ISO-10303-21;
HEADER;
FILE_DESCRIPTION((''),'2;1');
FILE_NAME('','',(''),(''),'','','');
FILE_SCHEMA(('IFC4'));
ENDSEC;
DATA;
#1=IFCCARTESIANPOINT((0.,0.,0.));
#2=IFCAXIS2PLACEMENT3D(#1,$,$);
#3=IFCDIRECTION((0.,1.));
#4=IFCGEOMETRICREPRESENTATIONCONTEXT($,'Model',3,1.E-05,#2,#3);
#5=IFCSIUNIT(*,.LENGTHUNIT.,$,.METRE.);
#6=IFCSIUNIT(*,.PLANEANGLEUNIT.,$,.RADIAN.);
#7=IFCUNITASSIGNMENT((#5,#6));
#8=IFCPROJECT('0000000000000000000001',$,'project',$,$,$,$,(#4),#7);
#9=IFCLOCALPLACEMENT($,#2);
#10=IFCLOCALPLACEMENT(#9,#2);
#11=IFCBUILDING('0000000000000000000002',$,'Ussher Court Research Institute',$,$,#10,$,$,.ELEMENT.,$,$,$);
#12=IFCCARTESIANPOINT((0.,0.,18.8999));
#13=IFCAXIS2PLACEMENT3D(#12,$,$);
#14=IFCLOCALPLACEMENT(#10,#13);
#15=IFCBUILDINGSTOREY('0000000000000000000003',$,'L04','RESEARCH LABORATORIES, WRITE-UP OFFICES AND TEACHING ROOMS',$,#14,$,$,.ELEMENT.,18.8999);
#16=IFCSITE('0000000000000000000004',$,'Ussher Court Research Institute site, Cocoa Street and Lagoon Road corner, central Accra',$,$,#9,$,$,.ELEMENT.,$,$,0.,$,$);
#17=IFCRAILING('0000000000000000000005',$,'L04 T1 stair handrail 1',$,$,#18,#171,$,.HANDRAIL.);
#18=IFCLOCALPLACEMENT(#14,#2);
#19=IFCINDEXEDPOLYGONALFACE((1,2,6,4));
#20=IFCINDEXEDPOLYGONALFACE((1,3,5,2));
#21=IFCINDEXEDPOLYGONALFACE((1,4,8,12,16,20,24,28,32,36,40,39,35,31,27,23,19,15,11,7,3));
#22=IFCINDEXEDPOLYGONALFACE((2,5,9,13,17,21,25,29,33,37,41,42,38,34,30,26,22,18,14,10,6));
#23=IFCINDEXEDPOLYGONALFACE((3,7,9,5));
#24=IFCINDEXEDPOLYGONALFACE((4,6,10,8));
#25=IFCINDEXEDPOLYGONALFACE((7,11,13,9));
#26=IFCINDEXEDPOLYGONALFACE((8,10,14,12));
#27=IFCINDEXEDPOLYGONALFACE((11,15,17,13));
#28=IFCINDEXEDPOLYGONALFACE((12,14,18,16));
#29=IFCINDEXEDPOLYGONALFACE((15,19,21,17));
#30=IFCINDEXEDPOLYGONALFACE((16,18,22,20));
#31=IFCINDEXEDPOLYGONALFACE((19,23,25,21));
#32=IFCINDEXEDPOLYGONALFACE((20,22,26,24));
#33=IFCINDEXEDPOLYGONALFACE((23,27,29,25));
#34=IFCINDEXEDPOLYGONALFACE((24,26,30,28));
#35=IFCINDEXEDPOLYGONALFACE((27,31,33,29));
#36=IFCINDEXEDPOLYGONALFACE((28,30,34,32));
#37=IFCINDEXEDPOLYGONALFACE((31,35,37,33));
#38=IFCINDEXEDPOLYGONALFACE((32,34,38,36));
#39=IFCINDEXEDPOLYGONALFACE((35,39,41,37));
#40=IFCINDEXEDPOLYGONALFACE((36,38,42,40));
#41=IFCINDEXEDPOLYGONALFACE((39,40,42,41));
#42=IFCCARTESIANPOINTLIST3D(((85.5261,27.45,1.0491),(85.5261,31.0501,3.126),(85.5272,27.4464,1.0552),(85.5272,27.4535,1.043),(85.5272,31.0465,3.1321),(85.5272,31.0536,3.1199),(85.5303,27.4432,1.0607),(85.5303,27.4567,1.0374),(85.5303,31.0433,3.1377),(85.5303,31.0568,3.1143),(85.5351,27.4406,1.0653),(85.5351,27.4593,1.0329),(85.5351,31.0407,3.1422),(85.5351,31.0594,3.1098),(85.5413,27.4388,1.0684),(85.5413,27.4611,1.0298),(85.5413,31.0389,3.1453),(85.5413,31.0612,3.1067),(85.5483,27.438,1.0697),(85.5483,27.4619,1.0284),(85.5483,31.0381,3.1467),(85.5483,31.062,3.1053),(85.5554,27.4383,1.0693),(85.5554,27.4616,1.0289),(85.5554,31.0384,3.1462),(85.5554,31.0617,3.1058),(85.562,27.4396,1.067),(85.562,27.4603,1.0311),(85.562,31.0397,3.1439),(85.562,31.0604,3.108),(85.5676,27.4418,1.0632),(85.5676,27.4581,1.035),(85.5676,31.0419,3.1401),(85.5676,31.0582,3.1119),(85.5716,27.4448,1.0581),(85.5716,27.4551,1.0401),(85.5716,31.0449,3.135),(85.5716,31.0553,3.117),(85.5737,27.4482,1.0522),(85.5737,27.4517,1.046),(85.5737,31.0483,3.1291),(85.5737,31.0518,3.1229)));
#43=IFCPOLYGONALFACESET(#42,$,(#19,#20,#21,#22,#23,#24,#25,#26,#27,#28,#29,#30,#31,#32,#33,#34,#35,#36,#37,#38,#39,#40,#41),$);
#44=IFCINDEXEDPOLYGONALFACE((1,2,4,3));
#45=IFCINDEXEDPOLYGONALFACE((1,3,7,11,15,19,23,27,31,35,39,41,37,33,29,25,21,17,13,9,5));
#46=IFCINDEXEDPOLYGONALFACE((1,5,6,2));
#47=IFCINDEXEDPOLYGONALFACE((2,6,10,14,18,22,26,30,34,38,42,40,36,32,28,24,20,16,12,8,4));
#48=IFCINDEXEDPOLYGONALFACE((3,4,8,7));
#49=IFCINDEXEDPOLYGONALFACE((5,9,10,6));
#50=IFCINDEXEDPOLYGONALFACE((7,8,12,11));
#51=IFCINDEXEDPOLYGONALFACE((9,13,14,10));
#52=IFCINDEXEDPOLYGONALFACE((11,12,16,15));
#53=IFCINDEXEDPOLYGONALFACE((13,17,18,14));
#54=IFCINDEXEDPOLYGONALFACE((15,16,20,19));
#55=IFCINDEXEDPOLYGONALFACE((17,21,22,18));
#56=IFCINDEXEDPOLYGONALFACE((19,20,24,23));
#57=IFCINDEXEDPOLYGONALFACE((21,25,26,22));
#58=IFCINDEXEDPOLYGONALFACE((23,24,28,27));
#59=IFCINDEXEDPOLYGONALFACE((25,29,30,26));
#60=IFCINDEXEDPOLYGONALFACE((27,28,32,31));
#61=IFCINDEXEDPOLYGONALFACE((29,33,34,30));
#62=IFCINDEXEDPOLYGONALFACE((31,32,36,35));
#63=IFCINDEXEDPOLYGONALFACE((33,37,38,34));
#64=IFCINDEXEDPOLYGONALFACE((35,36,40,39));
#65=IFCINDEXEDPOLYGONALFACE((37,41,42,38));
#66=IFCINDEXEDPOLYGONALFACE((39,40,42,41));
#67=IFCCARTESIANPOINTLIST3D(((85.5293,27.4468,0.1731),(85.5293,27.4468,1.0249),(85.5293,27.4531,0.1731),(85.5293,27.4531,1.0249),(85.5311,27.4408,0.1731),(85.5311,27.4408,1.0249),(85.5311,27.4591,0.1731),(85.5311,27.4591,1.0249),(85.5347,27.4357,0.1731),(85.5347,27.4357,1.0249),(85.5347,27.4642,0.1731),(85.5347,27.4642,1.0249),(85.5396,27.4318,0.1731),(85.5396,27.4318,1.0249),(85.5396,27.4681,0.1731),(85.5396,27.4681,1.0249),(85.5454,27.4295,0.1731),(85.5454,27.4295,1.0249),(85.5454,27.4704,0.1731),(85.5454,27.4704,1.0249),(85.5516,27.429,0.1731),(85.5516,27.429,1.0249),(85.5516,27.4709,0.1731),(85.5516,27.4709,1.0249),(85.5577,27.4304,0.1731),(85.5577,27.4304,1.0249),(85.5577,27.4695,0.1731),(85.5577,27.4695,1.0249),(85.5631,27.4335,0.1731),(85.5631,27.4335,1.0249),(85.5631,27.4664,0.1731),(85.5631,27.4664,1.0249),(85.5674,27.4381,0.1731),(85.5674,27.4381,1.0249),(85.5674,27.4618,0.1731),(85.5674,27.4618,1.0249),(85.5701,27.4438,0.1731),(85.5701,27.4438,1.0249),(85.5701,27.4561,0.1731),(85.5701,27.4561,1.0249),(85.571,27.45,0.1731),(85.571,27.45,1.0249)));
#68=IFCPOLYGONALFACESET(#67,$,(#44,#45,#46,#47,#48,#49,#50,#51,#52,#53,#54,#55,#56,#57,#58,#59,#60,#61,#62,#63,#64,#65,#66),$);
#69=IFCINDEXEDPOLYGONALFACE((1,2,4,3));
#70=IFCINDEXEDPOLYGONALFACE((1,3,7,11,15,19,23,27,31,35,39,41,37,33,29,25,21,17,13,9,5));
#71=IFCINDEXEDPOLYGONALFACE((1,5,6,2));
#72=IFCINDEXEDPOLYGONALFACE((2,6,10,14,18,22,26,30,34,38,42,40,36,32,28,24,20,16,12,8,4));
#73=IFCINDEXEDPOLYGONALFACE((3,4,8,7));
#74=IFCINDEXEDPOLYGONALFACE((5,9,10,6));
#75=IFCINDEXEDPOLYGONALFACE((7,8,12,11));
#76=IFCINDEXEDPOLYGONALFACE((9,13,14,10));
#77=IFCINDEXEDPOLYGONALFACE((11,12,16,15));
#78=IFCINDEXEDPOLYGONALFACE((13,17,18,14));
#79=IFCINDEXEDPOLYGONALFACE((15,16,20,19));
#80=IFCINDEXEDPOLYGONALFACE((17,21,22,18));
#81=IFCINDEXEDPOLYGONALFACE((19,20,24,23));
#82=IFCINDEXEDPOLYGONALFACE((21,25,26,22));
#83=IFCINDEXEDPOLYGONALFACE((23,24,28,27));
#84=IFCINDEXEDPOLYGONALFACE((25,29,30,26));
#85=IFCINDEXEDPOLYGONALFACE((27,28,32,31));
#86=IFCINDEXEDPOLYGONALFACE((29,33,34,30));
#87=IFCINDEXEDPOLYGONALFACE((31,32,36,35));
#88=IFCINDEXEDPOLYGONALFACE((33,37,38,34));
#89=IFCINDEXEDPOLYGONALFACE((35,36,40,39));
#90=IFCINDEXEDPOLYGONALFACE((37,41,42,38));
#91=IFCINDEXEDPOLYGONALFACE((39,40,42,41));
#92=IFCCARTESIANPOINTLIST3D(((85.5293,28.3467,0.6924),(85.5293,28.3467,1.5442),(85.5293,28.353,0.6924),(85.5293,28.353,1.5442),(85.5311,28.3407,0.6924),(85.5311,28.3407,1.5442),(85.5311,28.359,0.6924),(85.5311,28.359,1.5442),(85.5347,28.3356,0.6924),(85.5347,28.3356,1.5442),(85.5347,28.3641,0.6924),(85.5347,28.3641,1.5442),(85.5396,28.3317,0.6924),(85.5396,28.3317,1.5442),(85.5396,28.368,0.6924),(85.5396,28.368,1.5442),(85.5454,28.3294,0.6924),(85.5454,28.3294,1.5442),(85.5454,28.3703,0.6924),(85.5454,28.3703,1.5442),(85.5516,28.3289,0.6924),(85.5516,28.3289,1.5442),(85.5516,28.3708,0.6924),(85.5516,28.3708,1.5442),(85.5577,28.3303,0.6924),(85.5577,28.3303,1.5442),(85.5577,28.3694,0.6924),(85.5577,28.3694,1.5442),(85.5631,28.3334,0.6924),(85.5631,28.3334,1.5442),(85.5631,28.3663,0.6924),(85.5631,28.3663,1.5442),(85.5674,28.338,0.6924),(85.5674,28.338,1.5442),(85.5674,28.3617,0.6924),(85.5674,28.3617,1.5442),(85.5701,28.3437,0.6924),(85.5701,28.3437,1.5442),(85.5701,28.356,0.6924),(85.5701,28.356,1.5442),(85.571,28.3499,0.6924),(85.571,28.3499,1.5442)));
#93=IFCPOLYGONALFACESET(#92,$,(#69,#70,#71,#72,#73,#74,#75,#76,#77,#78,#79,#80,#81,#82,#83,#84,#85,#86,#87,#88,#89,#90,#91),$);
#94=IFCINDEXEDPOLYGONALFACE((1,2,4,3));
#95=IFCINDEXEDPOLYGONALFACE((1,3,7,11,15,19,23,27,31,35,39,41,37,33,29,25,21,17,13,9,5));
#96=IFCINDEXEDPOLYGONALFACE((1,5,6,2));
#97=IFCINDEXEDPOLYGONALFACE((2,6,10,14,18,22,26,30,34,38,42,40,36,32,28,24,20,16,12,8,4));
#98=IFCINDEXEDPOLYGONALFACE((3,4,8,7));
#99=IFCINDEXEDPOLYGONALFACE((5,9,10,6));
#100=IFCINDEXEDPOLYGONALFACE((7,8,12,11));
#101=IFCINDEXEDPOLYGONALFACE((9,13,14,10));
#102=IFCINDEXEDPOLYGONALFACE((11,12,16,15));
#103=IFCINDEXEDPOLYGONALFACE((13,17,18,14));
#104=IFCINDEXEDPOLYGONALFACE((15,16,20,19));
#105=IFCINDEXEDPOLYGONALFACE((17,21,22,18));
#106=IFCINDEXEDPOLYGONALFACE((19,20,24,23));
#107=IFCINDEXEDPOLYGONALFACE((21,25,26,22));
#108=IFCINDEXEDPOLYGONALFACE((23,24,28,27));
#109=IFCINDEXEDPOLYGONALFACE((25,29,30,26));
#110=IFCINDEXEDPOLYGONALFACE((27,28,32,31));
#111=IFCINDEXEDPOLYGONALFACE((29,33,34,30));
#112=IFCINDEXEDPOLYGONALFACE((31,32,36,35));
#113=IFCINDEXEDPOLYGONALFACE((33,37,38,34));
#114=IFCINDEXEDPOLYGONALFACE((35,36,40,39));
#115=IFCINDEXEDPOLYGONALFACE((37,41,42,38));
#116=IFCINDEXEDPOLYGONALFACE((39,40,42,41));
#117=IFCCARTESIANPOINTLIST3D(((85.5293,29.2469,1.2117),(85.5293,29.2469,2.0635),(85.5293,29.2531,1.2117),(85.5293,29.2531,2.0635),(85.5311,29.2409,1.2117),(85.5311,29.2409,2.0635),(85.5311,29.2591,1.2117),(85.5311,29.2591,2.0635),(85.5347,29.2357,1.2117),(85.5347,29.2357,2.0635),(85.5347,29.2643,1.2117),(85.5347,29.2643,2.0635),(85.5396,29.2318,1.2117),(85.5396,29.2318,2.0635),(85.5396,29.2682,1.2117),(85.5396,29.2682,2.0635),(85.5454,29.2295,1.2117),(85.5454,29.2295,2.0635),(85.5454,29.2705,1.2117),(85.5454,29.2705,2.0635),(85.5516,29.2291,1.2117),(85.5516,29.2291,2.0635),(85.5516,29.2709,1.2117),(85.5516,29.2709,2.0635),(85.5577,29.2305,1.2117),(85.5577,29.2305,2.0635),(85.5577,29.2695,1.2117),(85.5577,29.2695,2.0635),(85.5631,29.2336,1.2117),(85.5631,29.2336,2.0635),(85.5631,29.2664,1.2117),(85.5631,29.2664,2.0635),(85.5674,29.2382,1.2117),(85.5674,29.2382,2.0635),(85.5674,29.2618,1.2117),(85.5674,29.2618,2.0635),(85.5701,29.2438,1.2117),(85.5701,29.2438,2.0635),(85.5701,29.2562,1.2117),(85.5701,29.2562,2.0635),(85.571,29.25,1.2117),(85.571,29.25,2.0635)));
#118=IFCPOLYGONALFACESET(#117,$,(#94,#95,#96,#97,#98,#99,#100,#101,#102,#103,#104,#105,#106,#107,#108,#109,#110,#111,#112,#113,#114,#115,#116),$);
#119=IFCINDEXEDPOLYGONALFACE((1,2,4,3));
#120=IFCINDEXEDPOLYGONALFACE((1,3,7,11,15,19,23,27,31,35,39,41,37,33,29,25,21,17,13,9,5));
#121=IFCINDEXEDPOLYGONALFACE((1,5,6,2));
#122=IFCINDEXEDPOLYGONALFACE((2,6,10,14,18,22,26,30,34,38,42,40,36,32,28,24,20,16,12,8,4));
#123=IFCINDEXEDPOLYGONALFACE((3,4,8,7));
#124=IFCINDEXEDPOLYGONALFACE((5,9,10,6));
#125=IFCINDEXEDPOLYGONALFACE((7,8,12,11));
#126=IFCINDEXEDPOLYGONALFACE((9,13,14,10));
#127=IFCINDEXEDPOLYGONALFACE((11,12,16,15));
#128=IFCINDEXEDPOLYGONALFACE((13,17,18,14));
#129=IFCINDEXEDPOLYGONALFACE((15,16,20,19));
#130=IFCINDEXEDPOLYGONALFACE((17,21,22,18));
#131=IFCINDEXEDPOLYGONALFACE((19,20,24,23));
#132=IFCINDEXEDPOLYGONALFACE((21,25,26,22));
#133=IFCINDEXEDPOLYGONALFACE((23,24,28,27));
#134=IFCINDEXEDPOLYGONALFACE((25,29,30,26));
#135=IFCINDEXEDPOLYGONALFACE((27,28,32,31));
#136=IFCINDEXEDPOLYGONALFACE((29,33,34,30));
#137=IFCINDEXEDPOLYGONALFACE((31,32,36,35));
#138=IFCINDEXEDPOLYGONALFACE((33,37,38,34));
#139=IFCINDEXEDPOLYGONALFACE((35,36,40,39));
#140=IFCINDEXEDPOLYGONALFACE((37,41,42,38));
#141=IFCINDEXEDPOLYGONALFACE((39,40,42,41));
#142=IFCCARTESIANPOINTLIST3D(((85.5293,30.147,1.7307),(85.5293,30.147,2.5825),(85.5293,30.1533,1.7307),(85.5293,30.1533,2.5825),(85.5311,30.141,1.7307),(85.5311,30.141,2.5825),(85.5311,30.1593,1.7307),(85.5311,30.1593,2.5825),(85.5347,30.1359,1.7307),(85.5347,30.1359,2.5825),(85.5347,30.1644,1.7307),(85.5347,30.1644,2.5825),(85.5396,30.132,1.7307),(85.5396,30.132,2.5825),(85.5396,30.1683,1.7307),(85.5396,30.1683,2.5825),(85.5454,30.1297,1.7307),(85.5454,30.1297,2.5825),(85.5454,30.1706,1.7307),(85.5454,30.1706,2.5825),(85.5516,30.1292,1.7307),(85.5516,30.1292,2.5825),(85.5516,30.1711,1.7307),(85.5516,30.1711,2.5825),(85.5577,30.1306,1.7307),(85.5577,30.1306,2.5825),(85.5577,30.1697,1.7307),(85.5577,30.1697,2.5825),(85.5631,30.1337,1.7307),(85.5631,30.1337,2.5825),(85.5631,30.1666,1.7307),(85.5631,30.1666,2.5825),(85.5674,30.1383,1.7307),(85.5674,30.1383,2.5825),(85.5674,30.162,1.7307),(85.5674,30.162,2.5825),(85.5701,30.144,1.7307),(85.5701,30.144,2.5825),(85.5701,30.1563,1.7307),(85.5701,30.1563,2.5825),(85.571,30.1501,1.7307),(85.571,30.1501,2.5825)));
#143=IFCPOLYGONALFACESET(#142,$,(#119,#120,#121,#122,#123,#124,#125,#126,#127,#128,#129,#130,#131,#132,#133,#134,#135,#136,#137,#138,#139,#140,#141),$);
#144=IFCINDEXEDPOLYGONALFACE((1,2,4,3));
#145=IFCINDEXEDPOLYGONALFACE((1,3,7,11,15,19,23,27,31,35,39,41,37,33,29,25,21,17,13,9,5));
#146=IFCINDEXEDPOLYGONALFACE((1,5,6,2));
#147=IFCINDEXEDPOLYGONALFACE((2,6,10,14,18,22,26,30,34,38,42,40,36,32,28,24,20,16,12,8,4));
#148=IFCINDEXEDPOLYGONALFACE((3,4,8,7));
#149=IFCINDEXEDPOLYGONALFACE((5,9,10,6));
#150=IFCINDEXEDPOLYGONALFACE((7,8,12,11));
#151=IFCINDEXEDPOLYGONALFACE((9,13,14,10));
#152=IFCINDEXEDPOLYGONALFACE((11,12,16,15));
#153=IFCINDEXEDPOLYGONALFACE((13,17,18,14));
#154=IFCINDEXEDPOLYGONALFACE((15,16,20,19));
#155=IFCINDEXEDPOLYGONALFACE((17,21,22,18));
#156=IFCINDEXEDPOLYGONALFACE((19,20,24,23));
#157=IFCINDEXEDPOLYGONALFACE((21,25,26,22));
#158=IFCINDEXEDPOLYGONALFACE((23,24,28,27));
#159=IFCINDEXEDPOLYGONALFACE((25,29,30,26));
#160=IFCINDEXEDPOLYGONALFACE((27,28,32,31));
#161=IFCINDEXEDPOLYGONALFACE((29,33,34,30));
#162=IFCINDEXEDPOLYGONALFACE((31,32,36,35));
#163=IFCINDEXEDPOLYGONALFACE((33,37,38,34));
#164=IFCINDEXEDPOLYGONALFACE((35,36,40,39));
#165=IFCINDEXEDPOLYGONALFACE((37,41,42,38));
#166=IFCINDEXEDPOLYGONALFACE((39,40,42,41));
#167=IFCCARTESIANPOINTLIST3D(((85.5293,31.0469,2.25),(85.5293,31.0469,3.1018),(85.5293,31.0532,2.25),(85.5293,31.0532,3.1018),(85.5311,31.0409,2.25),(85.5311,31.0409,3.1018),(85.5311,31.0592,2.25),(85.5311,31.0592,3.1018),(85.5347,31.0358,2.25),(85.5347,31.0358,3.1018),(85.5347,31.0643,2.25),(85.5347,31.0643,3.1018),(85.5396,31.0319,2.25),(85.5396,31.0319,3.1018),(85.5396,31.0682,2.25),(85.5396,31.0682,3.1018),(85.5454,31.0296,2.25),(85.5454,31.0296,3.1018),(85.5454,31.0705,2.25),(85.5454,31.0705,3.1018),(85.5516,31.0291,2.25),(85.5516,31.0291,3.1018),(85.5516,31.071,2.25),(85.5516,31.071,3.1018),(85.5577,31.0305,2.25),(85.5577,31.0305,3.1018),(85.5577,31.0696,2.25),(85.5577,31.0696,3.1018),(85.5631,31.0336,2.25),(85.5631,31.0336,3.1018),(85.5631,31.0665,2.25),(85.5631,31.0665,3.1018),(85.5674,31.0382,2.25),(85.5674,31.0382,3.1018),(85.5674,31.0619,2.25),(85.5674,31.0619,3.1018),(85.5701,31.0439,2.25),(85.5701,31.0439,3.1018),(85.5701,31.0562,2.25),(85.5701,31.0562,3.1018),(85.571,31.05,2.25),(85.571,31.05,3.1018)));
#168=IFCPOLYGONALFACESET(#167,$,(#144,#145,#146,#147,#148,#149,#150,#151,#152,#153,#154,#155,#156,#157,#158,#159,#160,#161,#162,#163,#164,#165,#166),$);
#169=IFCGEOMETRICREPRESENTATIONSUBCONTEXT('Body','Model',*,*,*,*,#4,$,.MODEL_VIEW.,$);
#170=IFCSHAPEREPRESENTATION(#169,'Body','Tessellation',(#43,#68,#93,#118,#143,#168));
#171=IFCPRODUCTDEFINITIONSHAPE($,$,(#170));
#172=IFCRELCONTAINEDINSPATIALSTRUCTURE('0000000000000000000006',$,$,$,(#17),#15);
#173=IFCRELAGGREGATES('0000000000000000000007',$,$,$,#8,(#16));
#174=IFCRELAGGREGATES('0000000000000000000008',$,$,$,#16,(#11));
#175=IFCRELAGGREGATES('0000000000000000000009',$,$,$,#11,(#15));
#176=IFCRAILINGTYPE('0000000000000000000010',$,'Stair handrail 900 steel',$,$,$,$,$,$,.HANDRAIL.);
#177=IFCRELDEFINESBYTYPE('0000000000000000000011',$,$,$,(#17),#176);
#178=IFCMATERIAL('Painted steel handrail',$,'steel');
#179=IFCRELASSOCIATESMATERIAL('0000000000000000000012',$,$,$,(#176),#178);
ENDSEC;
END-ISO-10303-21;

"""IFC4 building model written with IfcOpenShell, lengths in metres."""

from ifc_helpers import new_model, si_unit, direction, frame, origin, origin_2d, place, context, subcontext, project, spatial, circle, extrude, material, type_object, element, save


model = new_model("IFC4")

# Units and contexts
model_context = context("Model", 3, precision=1e-05, world=origin(), true_north=direction((0.0, 1.0)))
body_context = subcontext(model_context, "Body", "Model", "MODEL_VIEW")
ifc_project = project(units=[si_unit("LENGTHUNIT", "METRE"), si_unit("PLANEANGLEUNIT", "RADIAN")], contexts=[model_context])

# Site, building, storey
site_placement = place(None, origin())
site = spatial("IfcSite", under=ifc_project, at=site_placement, Name="Ussher Court Research Institute site, Cocoa Street and Lagoon Road corner, central Accra", CompositionType="ELEMENT", RefElevation=0.0)
building_placement = place(site_placement, origin())
building = spatial("IfcBuilding", under=site, at=building_placement, Name="Ussher Court Research Institute", CompositionType="ELEMENT")
storey_placement = place(building_placement, frame((0.0, 0.0, 18.8999)))
storey = spatial("IfcBuildingStorey", under=building, at=storey_placement, Name="L04", Description="RESEARCH LABORATORIES, WRITE-UP OFFICES AND TEACHING ROOMS", CompositionType="ELEMENT", Elevation=18.8999)

# Railing
ifc_material_1 = material(Name="Painted steel handrail", Category="steel")
railing_type_1 = type_object("IfcRailingType", Name="Stair handrail 900 steel", PredefinedType="HANDRAIL", material=ifc_material_1)
railing_1_placement = place(storey_placement, frame((85.55, 27.45, 0.1731)))
element("IfcRailing", 1, at=railing_1_placement, inside=storey, type_object=railing_type_1, Name="L04 T1 stair handrail 1", PredefinedType="HANDRAIL", context=body_context, shape_type="SweptSolid", body=[
    extrude(circle(Radius=0.0239, at=origin_2d()), frame((0.0, 0.0, 0.876), z_axis=(0.0, 0.866193, 0.499709), x_axis=(-1.0, 0.0, 0.0)), (0.0, 0.0, 1.0), 4.1562),
    extrude(circle(Radius=0.021, at=origin_2d()), origin(), (0.0, 0.0, 1.0), 0.8518),
    extrude(circle(Radius=0.021, at=origin_2d()), frame((0.0, 0.8999, 0.5193)), (0.0, 0.0, 1.0), 0.8518),
    extrude(circle(Radius=0.021, at=origin_2d()), frame((0.0, 1.8, 1.0386)), (0.0, 0.0, 1.0), 0.8518),
    extrude(circle(Radius=0.021, at=origin_2d()), frame((0.0, 2.7002, 1.5576)), (0.0, 0.0, 1.0), 0.8518),
    extrude(circle(Radius=0.021, at=origin_2d()), frame((0.0, 3.6001, 2.0769)), (0.0, 0.0, 1.0), 0.8518),
])

save(model, "model.ifc")
